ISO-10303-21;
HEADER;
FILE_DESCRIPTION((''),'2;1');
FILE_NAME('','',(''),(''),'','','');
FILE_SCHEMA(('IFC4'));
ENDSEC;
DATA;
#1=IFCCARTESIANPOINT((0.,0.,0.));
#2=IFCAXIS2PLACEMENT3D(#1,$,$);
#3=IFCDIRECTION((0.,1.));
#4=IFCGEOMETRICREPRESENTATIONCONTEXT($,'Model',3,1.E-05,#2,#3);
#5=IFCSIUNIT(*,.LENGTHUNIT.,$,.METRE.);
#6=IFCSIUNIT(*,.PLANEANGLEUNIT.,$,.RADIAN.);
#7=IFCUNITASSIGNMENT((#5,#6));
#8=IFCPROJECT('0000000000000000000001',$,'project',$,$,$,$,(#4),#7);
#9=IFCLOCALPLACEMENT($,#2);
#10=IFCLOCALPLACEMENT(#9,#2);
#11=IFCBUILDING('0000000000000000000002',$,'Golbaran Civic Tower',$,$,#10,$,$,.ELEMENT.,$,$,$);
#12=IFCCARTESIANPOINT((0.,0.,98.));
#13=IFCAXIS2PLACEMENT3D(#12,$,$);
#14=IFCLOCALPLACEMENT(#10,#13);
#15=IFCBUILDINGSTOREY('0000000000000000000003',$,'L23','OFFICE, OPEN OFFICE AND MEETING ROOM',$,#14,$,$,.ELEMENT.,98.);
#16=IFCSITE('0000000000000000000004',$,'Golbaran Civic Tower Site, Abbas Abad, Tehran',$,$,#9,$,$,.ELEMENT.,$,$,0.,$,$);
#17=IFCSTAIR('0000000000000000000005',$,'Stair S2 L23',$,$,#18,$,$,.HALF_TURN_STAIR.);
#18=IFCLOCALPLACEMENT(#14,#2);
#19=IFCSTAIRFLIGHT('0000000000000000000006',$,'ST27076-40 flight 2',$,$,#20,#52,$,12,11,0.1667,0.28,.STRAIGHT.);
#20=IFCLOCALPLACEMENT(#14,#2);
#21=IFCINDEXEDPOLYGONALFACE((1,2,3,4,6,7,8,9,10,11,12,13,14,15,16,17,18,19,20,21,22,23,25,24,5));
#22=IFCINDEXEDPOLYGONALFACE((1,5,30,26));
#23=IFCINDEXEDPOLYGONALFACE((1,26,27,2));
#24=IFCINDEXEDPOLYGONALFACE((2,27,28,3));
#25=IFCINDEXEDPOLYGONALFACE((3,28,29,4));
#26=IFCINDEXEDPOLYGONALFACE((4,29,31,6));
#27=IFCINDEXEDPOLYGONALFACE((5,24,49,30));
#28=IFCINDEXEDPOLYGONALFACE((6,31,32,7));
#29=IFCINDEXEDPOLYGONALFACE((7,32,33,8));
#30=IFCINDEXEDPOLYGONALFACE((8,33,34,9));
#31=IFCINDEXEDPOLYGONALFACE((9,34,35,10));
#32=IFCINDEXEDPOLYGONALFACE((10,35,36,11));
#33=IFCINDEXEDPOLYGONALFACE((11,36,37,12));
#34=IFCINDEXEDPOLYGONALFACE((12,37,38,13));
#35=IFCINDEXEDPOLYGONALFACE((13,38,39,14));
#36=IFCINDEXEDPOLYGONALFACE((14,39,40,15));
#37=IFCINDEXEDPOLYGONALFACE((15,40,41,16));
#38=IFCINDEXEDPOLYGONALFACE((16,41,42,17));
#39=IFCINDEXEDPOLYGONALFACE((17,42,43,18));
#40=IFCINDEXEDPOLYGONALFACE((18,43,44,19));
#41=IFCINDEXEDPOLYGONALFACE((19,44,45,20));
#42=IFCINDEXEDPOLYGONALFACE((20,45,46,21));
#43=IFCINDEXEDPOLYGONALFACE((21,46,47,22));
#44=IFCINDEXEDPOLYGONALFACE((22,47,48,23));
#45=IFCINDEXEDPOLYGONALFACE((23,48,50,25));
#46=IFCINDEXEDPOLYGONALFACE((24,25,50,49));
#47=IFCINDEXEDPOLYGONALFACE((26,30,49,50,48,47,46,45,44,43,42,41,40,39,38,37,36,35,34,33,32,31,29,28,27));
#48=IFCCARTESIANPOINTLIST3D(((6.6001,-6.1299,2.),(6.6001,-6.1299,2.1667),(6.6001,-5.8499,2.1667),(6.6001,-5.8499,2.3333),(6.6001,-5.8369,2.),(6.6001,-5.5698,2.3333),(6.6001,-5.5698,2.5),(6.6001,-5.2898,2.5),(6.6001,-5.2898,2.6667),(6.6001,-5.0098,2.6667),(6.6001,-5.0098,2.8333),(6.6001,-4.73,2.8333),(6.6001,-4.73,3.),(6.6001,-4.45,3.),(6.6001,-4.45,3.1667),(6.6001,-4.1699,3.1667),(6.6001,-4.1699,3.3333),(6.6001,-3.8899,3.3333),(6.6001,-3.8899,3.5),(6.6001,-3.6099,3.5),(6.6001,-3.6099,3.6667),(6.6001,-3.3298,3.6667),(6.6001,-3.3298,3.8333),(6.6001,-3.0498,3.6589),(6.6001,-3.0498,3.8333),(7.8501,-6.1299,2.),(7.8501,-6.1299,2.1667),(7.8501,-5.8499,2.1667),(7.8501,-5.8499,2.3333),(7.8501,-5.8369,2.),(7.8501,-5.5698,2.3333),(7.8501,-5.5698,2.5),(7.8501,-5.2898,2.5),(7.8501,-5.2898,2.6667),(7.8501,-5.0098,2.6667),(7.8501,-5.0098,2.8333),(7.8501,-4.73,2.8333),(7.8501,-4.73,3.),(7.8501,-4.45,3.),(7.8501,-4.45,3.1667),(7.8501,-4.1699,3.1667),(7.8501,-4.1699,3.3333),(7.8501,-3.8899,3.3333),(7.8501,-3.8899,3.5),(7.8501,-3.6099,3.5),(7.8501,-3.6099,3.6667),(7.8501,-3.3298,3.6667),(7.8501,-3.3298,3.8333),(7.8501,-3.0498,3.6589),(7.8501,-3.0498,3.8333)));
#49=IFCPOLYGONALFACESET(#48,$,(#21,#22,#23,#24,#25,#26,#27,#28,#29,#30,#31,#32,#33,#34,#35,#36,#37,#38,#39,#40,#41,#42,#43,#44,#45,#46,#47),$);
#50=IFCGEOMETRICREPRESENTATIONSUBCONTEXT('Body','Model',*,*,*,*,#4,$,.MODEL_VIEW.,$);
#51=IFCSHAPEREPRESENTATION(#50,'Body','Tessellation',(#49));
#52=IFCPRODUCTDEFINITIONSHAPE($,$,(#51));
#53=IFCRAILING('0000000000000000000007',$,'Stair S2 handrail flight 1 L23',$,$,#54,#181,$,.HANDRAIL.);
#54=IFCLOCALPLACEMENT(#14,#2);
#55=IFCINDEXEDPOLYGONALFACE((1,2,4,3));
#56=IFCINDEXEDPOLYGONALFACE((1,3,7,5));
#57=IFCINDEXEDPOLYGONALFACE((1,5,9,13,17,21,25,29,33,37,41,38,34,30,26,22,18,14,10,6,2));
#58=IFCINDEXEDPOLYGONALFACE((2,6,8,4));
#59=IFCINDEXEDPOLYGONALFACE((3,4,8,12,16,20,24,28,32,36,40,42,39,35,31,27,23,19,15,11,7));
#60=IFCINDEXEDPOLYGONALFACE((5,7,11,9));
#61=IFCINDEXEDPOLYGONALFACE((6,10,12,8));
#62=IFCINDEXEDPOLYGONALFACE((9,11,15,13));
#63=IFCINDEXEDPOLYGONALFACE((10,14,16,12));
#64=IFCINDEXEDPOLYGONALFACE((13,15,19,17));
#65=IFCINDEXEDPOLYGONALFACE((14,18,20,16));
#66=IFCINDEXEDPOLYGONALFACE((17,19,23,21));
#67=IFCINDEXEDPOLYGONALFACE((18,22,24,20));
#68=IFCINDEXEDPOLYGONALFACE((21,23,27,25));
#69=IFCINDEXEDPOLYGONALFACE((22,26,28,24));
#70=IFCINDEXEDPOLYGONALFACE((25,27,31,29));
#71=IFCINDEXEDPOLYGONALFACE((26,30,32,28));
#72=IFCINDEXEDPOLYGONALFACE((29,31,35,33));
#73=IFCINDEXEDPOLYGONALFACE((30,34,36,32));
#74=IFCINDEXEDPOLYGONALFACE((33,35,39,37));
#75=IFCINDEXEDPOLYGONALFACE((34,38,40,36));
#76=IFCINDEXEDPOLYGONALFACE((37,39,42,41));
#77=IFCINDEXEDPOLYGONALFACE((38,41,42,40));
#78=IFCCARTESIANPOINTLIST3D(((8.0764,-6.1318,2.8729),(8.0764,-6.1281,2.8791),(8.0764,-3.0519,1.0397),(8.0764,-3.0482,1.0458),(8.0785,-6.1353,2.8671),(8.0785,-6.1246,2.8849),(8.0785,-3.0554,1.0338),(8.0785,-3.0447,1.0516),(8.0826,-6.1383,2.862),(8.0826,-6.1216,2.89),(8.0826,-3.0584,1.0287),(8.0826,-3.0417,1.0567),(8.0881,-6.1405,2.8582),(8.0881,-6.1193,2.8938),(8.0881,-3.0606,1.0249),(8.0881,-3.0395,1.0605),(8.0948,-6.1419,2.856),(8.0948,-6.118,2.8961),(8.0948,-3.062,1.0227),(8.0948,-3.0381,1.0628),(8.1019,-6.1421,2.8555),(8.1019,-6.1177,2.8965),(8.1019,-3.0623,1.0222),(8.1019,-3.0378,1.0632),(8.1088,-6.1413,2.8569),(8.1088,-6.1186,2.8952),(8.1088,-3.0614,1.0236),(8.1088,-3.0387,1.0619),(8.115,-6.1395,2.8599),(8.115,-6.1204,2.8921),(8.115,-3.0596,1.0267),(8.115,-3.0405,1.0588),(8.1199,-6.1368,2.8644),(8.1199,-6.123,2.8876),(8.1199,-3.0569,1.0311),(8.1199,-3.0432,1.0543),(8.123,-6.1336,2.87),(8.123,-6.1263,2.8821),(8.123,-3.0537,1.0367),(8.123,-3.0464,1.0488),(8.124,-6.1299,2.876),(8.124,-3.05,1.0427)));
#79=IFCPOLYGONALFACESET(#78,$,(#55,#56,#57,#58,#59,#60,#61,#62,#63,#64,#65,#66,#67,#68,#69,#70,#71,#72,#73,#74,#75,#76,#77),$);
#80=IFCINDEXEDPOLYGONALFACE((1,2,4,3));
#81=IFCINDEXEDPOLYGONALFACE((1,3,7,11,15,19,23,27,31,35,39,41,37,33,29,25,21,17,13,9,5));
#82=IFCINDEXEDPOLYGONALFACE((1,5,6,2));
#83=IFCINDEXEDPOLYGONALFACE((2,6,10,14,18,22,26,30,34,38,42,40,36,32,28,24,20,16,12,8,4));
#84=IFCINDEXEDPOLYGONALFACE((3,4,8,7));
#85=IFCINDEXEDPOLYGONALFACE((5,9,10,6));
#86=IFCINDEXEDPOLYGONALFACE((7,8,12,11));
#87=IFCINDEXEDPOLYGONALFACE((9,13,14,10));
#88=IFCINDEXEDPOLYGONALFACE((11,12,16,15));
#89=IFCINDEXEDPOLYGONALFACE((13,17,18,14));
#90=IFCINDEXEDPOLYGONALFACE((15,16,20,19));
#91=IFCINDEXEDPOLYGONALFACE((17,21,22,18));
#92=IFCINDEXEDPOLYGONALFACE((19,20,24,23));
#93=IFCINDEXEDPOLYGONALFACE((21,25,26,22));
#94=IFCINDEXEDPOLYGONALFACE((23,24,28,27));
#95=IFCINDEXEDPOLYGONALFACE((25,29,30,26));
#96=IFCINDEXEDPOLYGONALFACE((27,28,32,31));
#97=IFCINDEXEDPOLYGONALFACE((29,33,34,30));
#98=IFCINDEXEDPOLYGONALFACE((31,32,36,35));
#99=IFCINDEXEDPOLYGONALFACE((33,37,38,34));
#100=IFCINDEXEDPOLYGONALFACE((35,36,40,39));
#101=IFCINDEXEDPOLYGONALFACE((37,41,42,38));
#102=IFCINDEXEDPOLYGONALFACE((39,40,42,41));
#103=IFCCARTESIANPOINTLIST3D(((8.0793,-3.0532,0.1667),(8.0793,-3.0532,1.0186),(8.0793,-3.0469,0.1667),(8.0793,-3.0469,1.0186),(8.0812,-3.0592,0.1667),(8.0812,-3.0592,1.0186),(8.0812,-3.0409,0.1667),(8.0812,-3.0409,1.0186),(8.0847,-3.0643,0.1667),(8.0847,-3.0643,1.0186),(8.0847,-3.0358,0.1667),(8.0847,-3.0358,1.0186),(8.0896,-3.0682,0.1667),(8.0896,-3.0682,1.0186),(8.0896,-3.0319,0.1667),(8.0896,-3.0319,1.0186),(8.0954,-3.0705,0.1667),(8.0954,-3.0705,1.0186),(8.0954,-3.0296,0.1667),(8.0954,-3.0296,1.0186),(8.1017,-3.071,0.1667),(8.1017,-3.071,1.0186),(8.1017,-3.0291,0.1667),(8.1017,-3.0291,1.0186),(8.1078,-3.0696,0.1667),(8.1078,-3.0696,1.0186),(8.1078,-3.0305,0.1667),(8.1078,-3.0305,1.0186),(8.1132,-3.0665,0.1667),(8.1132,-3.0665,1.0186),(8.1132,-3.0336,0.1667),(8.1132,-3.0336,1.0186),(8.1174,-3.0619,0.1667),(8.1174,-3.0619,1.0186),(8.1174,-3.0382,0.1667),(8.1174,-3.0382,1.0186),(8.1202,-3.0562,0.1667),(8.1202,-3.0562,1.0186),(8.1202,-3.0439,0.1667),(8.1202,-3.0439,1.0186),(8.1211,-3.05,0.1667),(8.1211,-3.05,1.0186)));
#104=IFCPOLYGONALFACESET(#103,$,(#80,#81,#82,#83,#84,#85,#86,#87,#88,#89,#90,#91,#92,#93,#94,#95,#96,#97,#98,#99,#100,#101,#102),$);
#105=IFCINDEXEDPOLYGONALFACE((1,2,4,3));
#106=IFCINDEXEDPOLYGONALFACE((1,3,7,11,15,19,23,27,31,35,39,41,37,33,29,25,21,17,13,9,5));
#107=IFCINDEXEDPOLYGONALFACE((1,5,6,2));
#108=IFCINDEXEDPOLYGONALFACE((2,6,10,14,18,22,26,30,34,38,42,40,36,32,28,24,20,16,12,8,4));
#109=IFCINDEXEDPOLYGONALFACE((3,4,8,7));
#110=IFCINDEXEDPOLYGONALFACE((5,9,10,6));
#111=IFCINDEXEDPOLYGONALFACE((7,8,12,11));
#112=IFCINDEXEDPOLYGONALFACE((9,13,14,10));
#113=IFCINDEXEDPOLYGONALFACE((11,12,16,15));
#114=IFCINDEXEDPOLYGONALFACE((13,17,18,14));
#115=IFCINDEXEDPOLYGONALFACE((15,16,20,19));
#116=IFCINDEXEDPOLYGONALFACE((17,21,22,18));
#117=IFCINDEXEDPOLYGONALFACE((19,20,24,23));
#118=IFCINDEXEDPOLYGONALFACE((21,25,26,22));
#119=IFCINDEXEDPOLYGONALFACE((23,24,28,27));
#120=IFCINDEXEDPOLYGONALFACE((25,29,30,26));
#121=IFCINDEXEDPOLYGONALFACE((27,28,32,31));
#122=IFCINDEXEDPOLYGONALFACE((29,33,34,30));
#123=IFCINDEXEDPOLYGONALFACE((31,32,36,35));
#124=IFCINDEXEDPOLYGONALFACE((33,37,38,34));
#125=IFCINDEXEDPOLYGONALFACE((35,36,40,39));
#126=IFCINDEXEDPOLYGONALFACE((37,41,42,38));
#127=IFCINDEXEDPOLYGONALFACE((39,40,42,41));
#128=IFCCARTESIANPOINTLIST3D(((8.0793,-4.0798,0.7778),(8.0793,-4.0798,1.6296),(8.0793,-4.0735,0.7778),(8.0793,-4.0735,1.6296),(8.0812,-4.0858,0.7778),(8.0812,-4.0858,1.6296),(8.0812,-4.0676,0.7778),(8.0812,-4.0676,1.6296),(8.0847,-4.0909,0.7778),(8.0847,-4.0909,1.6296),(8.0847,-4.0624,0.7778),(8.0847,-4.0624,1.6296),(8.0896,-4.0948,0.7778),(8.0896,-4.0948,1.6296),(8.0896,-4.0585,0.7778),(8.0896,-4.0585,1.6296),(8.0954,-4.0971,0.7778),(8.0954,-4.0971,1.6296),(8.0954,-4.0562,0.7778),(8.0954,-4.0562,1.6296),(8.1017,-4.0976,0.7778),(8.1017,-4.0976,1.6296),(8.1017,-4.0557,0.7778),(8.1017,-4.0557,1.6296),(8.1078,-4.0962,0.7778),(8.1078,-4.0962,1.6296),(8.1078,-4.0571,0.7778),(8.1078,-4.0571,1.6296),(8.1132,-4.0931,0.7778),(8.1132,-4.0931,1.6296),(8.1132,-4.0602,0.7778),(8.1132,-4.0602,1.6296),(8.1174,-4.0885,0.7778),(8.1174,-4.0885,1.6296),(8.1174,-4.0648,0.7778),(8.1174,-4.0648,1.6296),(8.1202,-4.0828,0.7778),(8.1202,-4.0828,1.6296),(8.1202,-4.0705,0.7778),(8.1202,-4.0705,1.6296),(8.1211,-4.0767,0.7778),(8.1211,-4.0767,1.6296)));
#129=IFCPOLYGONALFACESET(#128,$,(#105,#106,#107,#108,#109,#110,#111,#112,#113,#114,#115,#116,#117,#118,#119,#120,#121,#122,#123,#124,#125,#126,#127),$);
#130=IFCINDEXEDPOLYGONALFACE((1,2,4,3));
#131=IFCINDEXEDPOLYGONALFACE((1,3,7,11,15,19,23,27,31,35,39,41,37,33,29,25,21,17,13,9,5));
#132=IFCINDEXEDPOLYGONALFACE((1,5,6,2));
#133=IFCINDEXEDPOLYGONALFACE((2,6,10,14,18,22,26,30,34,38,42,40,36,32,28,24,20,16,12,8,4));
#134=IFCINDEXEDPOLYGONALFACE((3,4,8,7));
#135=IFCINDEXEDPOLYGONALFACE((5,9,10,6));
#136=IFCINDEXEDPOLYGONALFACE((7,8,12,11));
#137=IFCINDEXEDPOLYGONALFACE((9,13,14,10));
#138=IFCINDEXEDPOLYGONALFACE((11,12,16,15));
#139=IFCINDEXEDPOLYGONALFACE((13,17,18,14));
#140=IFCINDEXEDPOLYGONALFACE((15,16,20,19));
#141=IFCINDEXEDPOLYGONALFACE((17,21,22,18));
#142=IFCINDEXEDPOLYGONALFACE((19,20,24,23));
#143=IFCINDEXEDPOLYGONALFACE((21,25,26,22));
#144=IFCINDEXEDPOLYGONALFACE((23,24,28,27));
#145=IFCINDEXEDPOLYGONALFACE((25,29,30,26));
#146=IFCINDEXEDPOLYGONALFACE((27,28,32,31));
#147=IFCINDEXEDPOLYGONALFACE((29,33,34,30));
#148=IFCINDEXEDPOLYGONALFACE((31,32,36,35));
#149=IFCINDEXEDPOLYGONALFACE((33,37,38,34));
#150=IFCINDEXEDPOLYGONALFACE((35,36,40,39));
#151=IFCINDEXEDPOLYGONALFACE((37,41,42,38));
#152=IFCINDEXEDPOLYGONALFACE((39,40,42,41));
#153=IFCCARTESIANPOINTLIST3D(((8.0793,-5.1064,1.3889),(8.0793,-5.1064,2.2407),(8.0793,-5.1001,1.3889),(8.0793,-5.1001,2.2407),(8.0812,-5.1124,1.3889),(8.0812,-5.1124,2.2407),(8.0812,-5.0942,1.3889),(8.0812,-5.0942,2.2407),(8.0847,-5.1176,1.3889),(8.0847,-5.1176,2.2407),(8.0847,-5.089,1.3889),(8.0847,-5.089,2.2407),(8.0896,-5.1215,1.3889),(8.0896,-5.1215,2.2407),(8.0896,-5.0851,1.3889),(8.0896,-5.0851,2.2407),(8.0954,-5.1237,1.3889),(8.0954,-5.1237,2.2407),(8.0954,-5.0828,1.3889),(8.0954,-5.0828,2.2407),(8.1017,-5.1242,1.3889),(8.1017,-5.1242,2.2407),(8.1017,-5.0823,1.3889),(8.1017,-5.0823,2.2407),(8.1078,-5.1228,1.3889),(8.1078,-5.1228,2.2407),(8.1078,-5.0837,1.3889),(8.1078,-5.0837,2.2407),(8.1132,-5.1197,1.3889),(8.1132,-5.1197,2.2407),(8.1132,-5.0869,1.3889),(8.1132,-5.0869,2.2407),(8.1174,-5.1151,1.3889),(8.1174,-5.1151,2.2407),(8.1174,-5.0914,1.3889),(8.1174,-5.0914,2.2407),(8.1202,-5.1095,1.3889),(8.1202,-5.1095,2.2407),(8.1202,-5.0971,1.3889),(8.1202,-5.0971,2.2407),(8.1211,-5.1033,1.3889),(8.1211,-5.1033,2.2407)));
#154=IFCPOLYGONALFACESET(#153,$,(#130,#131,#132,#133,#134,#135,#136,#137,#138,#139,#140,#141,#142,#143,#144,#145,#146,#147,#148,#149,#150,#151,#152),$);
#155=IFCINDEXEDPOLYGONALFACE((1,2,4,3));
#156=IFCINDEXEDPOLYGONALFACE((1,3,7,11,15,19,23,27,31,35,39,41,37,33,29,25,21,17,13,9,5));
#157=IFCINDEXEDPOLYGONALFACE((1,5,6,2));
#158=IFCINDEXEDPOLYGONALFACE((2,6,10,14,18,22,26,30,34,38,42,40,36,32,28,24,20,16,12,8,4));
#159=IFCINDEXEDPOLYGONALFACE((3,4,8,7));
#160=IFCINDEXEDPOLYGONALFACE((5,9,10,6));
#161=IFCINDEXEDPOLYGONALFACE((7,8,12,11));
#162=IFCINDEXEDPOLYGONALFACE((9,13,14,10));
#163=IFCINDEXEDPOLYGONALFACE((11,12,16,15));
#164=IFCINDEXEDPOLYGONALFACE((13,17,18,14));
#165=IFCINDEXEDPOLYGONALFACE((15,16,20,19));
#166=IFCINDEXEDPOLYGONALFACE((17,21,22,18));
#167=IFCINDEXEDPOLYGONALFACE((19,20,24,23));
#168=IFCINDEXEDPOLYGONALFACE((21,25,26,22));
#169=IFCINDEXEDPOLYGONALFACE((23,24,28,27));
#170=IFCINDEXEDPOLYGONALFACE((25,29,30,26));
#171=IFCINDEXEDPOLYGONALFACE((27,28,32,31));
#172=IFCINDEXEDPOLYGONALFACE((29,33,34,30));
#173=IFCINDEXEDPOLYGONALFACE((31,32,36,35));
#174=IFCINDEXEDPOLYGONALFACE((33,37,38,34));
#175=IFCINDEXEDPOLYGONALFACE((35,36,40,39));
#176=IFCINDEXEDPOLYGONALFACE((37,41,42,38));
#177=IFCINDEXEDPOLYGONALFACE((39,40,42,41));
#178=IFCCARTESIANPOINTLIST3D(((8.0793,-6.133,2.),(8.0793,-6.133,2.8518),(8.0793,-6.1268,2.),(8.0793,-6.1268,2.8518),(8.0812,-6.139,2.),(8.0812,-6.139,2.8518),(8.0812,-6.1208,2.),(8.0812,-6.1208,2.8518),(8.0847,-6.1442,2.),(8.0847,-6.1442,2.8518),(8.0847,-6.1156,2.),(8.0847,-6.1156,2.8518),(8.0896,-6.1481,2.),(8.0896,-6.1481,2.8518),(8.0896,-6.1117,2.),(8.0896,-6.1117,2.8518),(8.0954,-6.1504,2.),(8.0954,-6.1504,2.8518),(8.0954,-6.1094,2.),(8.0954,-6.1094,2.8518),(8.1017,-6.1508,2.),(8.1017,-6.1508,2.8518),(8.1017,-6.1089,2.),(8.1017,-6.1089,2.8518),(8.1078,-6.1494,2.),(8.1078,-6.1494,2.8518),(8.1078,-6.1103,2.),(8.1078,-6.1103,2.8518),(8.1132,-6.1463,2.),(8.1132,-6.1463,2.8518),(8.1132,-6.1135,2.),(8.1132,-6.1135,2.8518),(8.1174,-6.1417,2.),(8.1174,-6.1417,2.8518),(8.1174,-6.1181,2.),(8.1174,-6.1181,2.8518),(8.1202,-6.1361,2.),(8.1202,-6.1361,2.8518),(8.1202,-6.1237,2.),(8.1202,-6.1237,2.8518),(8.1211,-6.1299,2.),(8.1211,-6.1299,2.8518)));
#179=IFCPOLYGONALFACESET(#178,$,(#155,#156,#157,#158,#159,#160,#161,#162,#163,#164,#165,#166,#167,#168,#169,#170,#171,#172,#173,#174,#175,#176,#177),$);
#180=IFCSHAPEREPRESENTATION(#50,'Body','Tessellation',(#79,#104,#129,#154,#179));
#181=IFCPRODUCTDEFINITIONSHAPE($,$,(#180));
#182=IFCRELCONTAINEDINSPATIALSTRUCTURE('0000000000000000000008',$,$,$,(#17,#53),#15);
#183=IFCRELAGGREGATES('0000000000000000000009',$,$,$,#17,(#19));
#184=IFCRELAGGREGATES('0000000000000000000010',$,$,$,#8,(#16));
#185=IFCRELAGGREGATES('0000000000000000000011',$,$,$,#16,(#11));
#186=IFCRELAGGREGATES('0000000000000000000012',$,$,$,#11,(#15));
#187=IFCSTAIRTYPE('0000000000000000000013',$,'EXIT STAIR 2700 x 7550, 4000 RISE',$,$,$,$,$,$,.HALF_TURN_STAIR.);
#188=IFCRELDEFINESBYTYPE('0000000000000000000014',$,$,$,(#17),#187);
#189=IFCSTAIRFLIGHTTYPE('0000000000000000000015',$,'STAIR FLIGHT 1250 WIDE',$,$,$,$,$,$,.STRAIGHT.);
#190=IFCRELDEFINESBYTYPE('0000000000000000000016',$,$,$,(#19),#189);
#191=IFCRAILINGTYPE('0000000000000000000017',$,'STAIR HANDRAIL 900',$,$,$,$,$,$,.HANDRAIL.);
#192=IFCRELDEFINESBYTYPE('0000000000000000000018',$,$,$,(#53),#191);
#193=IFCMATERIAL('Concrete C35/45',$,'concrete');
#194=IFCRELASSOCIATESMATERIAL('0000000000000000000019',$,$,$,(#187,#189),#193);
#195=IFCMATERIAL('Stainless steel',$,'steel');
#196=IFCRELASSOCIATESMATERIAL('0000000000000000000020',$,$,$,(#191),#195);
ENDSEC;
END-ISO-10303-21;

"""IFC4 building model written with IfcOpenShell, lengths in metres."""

from ifc_helpers import new_model, si_unit, direction, frame, origin, origin_2d, place, context, subcontext, project, spatial, polyline, circle, outline, extrude, material, type_object, element, aggregate, save


model = new_model("IFC4")

# Units and contexts
model_context = context("Model", 3, precision=1e-05, world=origin(), true_north=direction((0.0, 1.0)))
body_context = subcontext(model_context, "Body", "Model", "MODEL_VIEW")
ifc_project = project(units=[si_unit("LENGTHUNIT", "METRE"), si_unit("PLANEANGLEUNIT", "RADIAN")], contexts=[model_context])

# Site, building, storey
site_placement = place(None, origin())
site = spatial("IfcSite", under=ifc_project, at=site_placement, Name="Golbaran Civic Tower Site, Abbas Abad, Tehran", CompositionType="ELEMENT", RefElevation=0.0)
building_placement = place(site_placement, origin())
building = spatial("IfcBuilding", under=site, at=building_placement, Name="Golbaran Civic Tower", CompositionType="ELEMENT")
storey_placement = place(building_placement, frame((0.0, 0.0, 98.0)))
storey = spatial("IfcBuildingStorey", under=building, at=storey_placement, Name="L23", Description="OFFICE, OPEN OFFICE AND MEETING ROOM", CompositionType="ELEMENT", Elevation=98.0)

# Stair
ifc_material_1 = material(Name="Concrete C35/45", Category="concrete")
stair_type = type_object("IfcStairType", Name="EXIT STAIR 2700 x 7550, 4000 RISE", PredefinedType="HALF_TURN_STAIR", material=ifc_material_1)
stair_placement = place(storey_placement, origin())
stair = element("IfcStair", 1, at=stair_placement, inside=storey, type_object=stair_type, Name="Stair S2 L23", PredefinedType="HALF_TURN_STAIR")

# Shared definitions
ifc_material_2 = material(Name="Stainless steel", Category="steel")

# Stair flight
stair_flight_type = type_object("IfcStairFlightType", Name="STAIR FLIGHT 1250 WIDE", PredefinedType="STRAIGHT", material=ifc_material_1)
stair_flight_1_placement = place(storey_placement, frame((7.2251, -6.1299, 2.0), z_axis=(0.0, 0.0, 1.0), x_axis=(0.0, 1.0, 0.0)))
stair_flight_1 = element("IfcStairFlight", 2, at=stair_flight_1_placement, type_object=stair_flight_type, Name="ST27076-40 flight 2", NumberOfRisers=12, NumberOfTreads=11, PredefinedType="STRAIGHT", RiserHeight=0.1667, TreadLength=0.28, context=body_context, shape_type="SweptSolid", body=[
    extrude(outline(polyline([(0.0, 0.0), (0.0, 0.1667), (0.28, 0.1667), (0.28, 0.3333), (0.5601, 0.3333), (0.5601, 0.5), (0.8401, 0.5), (0.8401, 0.6667), (1.1201, 0.6667), (1.1201, 0.8333), (1.3999, 0.8333), (1.3999, 1.0), (1.6799, 1.0), (1.6799, 1.1667), (1.96, 1.1667), (1.96, 1.3333), (2.24, 1.3333), (2.24, 1.5), (2.52, 1.5), (2.52, 1.6667), (2.8, 1.6667), (2.8, 1.8333), (3.0801, 1.8333), (3.0801, 2.0), (3.0801, 1.6589), (0.293, 0.0), (0.0, 0.0)])), frame((0.0, 0.625, 0.0), z_axis=(0.0, -1.0, 0.0), x_axis=(1.0, 0.0, 0.0)), (0.0, 0.0, 1.0), 1.25),
])
aggregate(stair, [stair_flight_1])

# Railing
railing_type = type_object("IfcRailingType", Name="STAIR HANDRAIL 900", PredefinedType="HANDRAIL", material=ifc_material_2)
railing_1_placement = place(storey_placement, frame((8.1001, -3.05, 0.1667)))
element("IfcRailing", 3, at=railing_1_placement, inside=storey, type_object=railing_type, Name="Stair S2 handrail flight 1 L23", PredefinedType="HANDRAIL", context=body_context, shape_type="SweptSolid", body=[
    extrude(circle(Radius=0.0239, at=origin_2d()), frame((0.0, 0.0, 0.876), z_axis=(0.0, -0.859291, 0.511487), x_axis=(1.0, 0.0, 0.0)), (0.0, 0.0, 1.0), 3.5842),
    extrude(circle(Radius=0.021, at=origin_2d()), origin(), (0.0, 0.0, 1.0), 0.8518),
    extrude(circle(Radius=0.021, at=origin_2d()), frame((0.0, -1.0266, 0.6111)), (0.0, 0.0, 1.0), 0.8518),
    extrude(circle(Radius=0.021, at=origin_2d()), frame((0.0, -2.0532, 1.2222)), (0.0, 0.0, 1.0), 0.8518),
    extrude(circle(Radius=0.021, at=origin_2d()), frame((0.0, -3.0798, 1.8333)), (0.0, 0.0, 1.0), 0.8518),
])

save(model, "model.ifc")
